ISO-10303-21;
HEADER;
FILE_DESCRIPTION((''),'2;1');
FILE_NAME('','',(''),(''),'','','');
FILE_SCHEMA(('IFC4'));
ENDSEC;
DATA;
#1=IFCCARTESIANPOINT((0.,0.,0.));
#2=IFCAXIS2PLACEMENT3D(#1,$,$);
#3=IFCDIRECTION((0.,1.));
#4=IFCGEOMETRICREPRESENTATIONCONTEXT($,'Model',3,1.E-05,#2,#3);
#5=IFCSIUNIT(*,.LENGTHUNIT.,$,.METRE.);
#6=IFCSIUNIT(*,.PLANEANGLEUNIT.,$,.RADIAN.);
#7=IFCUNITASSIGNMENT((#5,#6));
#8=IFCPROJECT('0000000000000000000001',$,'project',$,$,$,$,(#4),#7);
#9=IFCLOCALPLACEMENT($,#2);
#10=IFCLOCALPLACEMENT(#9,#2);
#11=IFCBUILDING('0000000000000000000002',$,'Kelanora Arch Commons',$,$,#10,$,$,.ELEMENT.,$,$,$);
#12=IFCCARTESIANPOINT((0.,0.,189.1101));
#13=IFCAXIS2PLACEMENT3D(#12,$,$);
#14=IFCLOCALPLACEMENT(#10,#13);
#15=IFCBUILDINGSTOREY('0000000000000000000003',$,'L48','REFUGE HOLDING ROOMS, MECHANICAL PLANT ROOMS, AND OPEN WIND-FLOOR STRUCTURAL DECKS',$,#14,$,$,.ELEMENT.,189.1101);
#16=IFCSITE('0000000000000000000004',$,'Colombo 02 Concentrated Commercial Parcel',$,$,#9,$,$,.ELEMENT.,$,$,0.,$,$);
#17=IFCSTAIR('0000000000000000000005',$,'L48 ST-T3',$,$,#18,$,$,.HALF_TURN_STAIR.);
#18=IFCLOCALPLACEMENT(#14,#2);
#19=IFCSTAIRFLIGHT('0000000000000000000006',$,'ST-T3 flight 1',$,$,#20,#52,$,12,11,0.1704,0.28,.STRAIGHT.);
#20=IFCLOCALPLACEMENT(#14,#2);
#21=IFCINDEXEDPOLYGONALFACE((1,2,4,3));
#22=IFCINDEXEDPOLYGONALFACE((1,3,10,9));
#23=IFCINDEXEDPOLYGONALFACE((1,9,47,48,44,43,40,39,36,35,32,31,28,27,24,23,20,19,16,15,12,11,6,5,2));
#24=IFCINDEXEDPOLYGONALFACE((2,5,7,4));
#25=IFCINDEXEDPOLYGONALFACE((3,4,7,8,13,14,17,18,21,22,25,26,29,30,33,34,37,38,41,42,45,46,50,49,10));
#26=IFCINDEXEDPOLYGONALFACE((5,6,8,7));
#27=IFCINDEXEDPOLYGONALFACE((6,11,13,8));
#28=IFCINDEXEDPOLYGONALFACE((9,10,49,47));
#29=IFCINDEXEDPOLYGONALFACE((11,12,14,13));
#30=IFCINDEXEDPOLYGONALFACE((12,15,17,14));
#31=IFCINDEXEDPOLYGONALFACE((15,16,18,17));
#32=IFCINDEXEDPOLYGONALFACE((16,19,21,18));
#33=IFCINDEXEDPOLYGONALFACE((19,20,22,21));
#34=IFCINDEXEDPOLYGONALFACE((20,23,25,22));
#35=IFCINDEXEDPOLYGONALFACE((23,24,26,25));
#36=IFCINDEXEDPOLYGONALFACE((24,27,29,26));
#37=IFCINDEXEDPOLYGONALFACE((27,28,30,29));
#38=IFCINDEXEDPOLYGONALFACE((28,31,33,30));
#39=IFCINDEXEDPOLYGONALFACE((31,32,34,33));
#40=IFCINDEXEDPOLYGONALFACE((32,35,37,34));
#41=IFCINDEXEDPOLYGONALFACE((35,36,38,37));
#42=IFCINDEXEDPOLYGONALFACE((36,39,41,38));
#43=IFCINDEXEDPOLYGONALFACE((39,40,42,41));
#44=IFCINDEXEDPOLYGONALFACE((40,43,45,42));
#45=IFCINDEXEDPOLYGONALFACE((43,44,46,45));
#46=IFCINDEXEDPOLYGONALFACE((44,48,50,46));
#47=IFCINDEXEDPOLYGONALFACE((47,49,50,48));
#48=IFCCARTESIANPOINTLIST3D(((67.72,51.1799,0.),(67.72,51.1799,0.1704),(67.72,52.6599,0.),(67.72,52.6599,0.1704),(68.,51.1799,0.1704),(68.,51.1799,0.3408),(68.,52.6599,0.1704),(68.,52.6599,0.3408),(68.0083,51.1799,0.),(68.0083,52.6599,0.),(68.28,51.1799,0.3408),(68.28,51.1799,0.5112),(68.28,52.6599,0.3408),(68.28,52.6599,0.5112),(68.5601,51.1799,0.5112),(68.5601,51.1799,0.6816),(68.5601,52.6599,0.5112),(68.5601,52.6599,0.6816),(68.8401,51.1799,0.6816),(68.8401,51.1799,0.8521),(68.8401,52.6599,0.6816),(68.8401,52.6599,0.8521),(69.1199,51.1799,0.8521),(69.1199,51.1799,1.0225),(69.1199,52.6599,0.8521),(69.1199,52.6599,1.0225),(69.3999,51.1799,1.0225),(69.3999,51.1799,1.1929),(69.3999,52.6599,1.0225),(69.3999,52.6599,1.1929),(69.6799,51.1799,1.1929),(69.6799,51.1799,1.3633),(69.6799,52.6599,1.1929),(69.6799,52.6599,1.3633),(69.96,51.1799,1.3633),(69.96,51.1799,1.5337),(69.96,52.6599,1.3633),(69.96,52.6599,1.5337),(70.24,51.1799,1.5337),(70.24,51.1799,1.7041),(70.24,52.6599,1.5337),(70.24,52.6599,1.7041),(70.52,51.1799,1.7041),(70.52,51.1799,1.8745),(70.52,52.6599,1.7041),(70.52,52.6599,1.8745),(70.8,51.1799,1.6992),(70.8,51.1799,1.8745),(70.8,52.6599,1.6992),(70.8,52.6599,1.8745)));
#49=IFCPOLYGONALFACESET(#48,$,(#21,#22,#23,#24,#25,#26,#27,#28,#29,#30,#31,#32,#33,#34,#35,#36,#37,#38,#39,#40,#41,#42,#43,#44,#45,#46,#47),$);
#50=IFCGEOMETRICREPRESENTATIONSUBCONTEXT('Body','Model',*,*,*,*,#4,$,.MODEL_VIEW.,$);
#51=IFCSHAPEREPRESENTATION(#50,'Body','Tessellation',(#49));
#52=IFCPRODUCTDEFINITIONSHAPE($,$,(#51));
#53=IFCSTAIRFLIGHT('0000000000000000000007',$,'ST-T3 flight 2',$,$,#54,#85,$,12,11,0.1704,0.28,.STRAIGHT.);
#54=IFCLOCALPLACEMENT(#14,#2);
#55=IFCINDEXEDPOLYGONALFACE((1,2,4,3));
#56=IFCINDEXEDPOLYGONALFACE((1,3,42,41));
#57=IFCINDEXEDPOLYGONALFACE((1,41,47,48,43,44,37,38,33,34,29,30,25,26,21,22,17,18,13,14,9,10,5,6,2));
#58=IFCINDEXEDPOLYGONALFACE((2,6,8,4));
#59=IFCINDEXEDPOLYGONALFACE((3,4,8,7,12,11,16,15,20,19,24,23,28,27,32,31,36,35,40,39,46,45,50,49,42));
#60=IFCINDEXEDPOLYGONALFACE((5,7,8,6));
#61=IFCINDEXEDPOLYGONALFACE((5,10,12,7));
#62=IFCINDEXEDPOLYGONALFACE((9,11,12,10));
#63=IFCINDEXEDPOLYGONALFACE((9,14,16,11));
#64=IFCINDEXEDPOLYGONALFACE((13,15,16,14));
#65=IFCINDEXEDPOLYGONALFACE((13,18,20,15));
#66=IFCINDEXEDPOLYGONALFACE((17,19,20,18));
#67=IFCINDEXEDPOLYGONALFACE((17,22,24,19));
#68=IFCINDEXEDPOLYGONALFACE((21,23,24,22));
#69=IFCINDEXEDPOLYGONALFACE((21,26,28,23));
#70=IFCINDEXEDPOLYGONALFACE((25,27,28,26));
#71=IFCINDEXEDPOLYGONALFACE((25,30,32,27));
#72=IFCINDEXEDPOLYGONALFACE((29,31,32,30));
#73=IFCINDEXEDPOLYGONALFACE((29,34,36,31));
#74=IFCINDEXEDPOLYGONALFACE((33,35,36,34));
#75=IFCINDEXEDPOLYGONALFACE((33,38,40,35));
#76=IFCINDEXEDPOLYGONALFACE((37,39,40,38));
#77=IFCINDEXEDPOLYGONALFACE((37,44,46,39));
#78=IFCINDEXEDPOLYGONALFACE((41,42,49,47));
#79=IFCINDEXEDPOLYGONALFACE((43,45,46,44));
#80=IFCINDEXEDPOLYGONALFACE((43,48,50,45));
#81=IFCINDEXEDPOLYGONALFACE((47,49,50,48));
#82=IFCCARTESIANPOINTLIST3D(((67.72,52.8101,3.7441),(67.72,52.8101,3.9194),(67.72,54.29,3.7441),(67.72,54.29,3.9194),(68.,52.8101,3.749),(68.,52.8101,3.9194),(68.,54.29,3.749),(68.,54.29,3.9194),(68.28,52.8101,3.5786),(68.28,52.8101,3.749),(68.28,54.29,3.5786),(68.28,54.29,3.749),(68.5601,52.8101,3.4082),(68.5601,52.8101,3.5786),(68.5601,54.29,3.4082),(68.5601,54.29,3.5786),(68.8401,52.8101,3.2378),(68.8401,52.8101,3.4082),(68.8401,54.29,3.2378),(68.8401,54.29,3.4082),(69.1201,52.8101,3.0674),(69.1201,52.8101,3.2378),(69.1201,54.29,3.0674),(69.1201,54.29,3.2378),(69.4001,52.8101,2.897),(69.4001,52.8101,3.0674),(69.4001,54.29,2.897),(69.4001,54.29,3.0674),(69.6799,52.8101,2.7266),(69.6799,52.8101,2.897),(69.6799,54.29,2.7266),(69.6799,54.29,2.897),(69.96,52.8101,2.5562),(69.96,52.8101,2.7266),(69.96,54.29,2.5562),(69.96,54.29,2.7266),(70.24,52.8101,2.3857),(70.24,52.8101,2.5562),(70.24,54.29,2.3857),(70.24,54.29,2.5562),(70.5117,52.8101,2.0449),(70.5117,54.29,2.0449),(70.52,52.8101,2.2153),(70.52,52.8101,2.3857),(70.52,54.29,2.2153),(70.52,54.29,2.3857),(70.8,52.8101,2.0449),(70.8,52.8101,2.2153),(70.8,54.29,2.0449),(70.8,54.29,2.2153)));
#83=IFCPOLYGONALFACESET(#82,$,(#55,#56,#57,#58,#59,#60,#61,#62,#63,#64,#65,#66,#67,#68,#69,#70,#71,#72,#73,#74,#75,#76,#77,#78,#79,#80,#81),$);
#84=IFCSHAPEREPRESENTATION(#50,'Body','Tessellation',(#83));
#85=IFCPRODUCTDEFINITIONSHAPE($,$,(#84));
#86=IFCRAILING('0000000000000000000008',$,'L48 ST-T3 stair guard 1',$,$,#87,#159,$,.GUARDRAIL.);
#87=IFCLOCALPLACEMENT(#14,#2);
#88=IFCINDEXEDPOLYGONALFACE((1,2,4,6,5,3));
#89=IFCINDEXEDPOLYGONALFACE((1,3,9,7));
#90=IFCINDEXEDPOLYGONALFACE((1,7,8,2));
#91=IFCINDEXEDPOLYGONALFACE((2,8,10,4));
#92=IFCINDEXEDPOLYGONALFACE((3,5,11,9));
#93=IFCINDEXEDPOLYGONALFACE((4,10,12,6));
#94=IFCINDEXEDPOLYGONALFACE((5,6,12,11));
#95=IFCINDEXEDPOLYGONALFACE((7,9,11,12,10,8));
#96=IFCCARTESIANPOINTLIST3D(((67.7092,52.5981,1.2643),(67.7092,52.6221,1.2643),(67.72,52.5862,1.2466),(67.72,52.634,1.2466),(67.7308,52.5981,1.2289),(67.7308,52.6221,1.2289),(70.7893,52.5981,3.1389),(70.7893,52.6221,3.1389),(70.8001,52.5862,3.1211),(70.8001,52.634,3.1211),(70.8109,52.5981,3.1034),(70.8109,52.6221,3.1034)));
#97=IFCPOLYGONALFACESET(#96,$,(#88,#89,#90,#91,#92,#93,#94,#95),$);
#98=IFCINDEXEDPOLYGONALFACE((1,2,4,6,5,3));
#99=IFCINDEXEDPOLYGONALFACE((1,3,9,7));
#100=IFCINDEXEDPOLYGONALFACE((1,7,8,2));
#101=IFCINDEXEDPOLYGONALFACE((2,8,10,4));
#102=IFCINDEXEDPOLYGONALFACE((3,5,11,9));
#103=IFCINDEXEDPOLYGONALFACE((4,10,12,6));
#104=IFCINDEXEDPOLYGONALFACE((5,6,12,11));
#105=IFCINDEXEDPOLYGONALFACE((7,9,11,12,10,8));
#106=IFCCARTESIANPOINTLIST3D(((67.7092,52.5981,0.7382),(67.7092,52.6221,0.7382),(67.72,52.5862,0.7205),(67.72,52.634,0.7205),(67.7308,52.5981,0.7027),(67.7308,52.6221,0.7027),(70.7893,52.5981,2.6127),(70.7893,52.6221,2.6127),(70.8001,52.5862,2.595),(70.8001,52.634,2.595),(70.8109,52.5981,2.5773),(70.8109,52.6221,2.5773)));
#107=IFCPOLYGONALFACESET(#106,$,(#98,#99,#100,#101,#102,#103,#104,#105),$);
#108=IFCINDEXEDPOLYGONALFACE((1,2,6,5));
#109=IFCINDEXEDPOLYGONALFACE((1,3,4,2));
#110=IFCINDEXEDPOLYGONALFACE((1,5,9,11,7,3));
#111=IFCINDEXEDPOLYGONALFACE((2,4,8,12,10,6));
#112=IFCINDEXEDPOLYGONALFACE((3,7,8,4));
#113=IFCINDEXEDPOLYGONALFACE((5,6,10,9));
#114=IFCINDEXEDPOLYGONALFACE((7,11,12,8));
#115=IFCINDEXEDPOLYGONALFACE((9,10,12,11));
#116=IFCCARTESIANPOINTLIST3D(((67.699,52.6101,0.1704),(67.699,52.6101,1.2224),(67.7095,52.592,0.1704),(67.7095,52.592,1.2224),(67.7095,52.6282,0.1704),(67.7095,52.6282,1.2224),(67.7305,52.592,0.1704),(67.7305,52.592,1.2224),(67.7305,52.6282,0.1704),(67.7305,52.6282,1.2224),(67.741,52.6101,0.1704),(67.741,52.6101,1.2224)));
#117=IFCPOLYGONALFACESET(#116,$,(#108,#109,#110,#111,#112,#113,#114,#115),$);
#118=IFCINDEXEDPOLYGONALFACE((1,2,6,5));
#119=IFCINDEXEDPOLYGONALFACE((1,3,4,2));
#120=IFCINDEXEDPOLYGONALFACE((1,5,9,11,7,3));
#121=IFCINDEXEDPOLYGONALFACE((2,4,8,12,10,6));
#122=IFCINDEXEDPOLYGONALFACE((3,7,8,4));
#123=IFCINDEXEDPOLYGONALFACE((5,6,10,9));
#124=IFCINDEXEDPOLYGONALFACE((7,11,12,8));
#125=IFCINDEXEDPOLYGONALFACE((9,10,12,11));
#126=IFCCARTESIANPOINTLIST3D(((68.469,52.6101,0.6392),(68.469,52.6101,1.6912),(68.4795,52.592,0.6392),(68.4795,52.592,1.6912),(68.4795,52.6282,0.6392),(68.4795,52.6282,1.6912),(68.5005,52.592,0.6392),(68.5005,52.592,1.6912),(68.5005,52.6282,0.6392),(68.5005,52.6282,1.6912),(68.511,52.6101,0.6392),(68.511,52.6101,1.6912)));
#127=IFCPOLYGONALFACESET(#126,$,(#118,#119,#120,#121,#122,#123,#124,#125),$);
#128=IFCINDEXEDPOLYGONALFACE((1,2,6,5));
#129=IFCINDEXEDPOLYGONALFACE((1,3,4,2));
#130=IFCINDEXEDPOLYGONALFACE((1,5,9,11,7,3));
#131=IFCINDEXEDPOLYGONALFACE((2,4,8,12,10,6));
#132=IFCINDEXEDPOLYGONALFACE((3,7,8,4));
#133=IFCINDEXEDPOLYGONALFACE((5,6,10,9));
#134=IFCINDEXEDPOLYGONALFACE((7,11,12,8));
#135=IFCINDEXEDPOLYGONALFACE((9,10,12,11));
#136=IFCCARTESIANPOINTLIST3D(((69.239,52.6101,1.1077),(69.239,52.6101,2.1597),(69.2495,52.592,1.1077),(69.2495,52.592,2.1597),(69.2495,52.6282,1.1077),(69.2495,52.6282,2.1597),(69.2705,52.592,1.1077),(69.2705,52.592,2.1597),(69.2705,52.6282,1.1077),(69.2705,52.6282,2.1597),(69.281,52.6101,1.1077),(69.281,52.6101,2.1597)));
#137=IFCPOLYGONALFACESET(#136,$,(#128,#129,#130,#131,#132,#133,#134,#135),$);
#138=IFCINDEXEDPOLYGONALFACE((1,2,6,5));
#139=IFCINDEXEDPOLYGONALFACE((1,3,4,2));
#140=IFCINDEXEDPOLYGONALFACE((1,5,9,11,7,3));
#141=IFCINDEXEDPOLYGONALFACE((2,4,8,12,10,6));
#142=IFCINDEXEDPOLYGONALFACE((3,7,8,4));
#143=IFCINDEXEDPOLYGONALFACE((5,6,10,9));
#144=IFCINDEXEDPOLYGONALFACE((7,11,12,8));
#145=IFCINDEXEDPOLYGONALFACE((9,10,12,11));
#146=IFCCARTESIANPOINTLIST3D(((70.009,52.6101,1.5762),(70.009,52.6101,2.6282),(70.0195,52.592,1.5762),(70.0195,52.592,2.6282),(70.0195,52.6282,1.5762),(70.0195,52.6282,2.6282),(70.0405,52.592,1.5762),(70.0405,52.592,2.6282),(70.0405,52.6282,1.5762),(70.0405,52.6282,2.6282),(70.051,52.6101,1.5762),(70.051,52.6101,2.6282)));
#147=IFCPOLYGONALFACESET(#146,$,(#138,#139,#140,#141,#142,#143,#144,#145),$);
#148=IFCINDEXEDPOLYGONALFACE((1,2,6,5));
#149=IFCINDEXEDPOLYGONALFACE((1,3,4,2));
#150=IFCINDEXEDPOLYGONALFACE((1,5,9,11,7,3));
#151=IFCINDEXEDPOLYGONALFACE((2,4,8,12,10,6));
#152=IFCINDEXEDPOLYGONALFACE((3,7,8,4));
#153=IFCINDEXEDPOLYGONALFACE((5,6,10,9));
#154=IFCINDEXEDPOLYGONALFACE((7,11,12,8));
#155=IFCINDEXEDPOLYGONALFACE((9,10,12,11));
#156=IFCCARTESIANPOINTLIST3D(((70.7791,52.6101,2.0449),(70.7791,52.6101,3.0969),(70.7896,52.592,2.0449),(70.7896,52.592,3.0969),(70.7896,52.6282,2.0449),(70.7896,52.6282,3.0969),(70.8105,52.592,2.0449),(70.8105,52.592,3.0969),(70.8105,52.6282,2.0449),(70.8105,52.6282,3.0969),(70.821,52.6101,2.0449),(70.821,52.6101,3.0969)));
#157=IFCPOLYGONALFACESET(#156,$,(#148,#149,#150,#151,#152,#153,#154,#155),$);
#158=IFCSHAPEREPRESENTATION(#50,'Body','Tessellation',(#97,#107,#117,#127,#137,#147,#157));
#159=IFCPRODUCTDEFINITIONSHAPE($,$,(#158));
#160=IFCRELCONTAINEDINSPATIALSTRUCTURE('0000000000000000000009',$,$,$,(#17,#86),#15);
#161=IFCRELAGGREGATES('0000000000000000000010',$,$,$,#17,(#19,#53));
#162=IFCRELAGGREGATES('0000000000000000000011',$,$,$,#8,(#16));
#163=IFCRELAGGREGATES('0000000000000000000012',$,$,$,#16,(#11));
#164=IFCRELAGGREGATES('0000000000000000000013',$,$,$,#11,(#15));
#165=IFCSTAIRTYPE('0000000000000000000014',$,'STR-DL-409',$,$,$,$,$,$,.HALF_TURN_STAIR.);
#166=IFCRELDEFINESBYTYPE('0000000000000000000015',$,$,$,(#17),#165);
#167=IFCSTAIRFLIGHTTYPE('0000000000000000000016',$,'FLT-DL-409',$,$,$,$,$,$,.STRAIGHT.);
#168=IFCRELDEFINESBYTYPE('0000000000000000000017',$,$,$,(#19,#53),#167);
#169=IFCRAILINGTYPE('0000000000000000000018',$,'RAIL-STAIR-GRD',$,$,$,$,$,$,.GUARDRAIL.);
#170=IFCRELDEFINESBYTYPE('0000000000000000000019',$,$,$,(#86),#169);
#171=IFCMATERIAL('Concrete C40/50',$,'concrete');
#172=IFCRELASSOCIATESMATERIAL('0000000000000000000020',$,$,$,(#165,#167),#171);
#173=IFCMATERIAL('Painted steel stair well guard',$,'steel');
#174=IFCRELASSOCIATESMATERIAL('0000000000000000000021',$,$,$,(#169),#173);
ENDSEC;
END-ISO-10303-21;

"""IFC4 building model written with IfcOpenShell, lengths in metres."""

from ifc_helpers import new_model, si_unit, direction, frame, origin, place, context, subcontext, project, spatial, polyline, outline, extrude, material, type_object, element, aggregate, save


model = new_model("IFC4")

# Units and contexts
model_context = context("Model", 3, precision=1e-05, world=origin(), true_north=direction((0.0, 1.0)))
body_context = subcontext(model_context, "Body", "Model", "MODEL_VIEW")
ifc_project = project(units=[si_unit("LENGTHUNIT", "METRE"), si_unit("PLANEANGLEUNIT", "RADIAN")], contexts=[model_context])

# Site, building, storey
site_placement = place(None, origin())
site = spatial("IfcSite", under=ifc_project, at=site_placement, Name="Colombo 02 Concentrated Commercial Parcel", CompositionType="ELEMENT", RefElevation=0.0)
building_placement = place(site_placement, origin())
building = spatial("IfcBuilding", under=site, at=building_placement, Name="Kelanora Arch Commons", CompositionType="ELEMENT")
storey_placement = place(building_placement, frame((0.0, 0.0, 189.1101)))
storey = spatial("IfcBuildingStorey", under=building, at=storey_placement, Name="L48", Description="REFUGE HOLDING ROOMS, MECHANICAL PLANT ROOMS, AND OPEN WIND-FLOOR STRUCTURAL DECKS", CompositionType="ELEMENT", Elevation=189.1101)

# Shared definitions
ifc_material_1 = material(Name="Concrete C40/50", Category="concrete")

# Stair, stair flights
stair_type = type_object("IfcStairType", Name="STR-DL-409", PredefinedType="HALF_TURN_STAIR", material=ifc_material_1)
stair_placement = place(storey_placement, origin())
stair = element("IfcStair", 1, at=stair_placement, inside=storey, type_object=stair_type, Name="L48 ST-T3", PredefinedType="HALF_TURN_STAIR")
stair_flight_type = type_object("IfcStairFlightType", Name="FLT-DL-409", PredefinedType="STRAIGHT", material=ifc_material_1)
stair_flight_1_placement = place(storey_placement, frame((67.72, 51.9199, 0.0), z_axis=(0.0, 0.0, 1.0), x_axis=(1.0, 0.0, 0.0)))
stair_flight_1 = element("IfcStairFlight", 2, at=stair_flight_1_placement, type_object=stair_flight_type, Name="ST-T3 flight 1", NumberOfRisers=12, NumberOfTreads=11, PredefinedType="STRAIGHT", RiserHeight=0.1704, TreadLength=0.28, context=body_context, shape_type="SweptSolid", body=[
    extrude(outline(polyline([(0.0, 0.0), (0.0, 0.1704), (0.28, 0.1704), (0.28, 0.3408), (0.5601, 0.3408), (0.5601, 0.5112), (0.8401, 0.5112), (0.8401, 0.6816), (1.1201, 0.6816), (1.1201, 0.8521), (1.3999, 0.8521), (1.3999, 1.0225), (1.6799, 1.0225), (1.6799, 1.1929), (1.96, 1.1929), (1.96, 1.3633), (2.24, 1.3633), (2.24, 1.5337), (2.52, 1.5337), (2.52, 1.7041), (2.8, 1.7041), (2.8, 1.8745), (3.0801, 1.8745), (3.0801, 2.0449), (3.0801, 1.6992), (0.2883, 0.0), (0.0, 0.0)])), frame((0.0, 0.74, 0.0), z_axis=(0.0, -1.0, 0.0), x_axis=(1.0, 0.0, 0.0)), (0.0, 0.0, 1.0), 1.48),
])
stair_flight_2_placement = place(storey_placement, frame((70.8, 53.55, 2.0449), z_axis=(0.0, 0.0, 1.0), x_axis=(-1.0, 0.0, 0.0)))
stair_flight_2 = element("IfcStairFlight", 3, at=stair_flight_2_placement, type_object=stair_flight_type, Name="ST-T3 flight 2", NumberOfRisers=12, NumberOfTreads=11, PredefinedType="STRAIGHT", RiserHeight=0.1704, TreadLength=0.28, context=body_context, shape_type="SweptSolid", body=[
    extrude(outline(polyline([(0.0, 0.0), (0.0, 0.1704), (0.28, 0.1704), (0.28, 0.3408), (0.5601, 0.3408), (0.5601, 0.5112), (0.8401, 0.5112), (0.8401, 0.6816), (1.1201, 0.6816), (1.1201, 0.8521), (1.3999, 0.8521), (1.3999, 1.0225), (1.6799, 1.0225), (1.6799, 1.1929), (1.96, 1.1929), (1.96, 1.3633), (2.24, 1.3633), (2.24, 1.5337), (2.52, 1.5337), (2.52, 1.7041), (2.8, 1.7041), (2.8, 1.8745), (3.0801, 1.8745), (3.0801, 2.0449), (3.0801, 1.6992), (0.2883, 0.0), (0.0, 0.0)])), frame((0.0, 0.74, 0.0), z_axis=(0.0, -1.0, 0.0), x_axis=(1.0, 0.0, 0.0)), (0.0, 0.0, 1.0), 1.48),
])
aggregate(stair, [stair_flight_1, stair_flight_2])

# Railing
ifc_material_2 = material(Name="Painted steel stair well guard", Category="steel")
railing_type_1 = type_object("IfcRailingType", Name="RAIL-STAIR-GRD", PredefinedType="GUARDRAIL", material=ifc_material_2)
railing_1_placement = place(storey_placement, frame((67.72, 52.6101, 0.1704)))
element("IfcRailing", 4, at=railing_1_placement, inside=storey, type_object=railing_type_1, Name="L48 ST-T3 stair guard 1", PredefinedType="GUARDRAIL", context=body_context, shape_type="SweptSolid", body=[
    extrude(outline(polyline([(0.0239, 0.0), (0.012, 0.0208), (-0.012, 0.0208), (-0.0239, 0.0), (-0.012, -0.0208), (0.012, -0.0208), (0.0239, 0.0)])), frame((0.0, 0.0, 1.0762), z_axis=(0.854238, 0.0, 0.519883), x_axis=(0.0, 1.0, 0.0)), (0.0, 0.0, 1.0), 3.6057),
    extrude(outline(polyline([(0.0239, 0.0), (0.012, 0.0208), (-0.012, 0.0208), (-0.0239, 0.0), (-0.012, -0.0208), (0.012, -0.0208), (0.0239, 0.0)])), frame((0.0, 0.0, 0.55), z_axis=(0.854238, 0.0, 0.519883), x_axis=(0.0, 1.0, 0.0)), (0.0, 0.0, 1.0), 3.6057),
    extrude(outline(polyline([(0.021, 0.0), (0.0105, 0.0181), (-0.0105, 0.0181), (-0.021, 0.0), (-0.0105, -0.0181), (0.0105, -0.0181), (0.021, 0.0)])), origin(), (0.0, 0.0, 1.0), 1.052),
    extrude(outline(polyline([(0.021, 0.0), (0.0105, 0.0181), (-0.0105, 0.0181), (-0.021, 0.0), (-0.0105, -0.0181), (0.0105, -0.0181), (0.021, 0.0)])), frame((0.77, 0.0, 0.4688)), (0.0, 0.0, 1.0), 1.052),
    extrude(outline(polyline([(0.021, 0.0), (0.0105, 0.0181), (-0.0105, 0.0181), (-0.021, 0.0), (-0.0105, -0.0181), (0.0105, -0.0181), (0.021, 0.0)])), frame((1.54, 0.0, 0.9373)), (0.0, 0.0, 1.0), 1.052),
    extrude(outline(polyline([(0.021, 0.0), (0.0105, 0.0181), (-0.0105, 0.0181), (-0.021, 0.0), (-0.0105, -0.0181), (0.0105, -0.0181), (0.021, 0.0)])), frame((2.3101, 0.0, 1.4058)), (0.0, 0.0, 1.0), 1.052),
    extrude(outline(polyline([(0.021, 0.0), (0.0105, 0.0181), (-0.0105, 0.0181), (-0.021, 0.0), (-0.0105, -0.0181), (0.0105, -0.0181), (0.021, 0.0)])), frame((3.0801, 0.0, 1.8745)), (0.0, 0.0, 1.0), 1.052),
])

save(model, "model.ifc")
